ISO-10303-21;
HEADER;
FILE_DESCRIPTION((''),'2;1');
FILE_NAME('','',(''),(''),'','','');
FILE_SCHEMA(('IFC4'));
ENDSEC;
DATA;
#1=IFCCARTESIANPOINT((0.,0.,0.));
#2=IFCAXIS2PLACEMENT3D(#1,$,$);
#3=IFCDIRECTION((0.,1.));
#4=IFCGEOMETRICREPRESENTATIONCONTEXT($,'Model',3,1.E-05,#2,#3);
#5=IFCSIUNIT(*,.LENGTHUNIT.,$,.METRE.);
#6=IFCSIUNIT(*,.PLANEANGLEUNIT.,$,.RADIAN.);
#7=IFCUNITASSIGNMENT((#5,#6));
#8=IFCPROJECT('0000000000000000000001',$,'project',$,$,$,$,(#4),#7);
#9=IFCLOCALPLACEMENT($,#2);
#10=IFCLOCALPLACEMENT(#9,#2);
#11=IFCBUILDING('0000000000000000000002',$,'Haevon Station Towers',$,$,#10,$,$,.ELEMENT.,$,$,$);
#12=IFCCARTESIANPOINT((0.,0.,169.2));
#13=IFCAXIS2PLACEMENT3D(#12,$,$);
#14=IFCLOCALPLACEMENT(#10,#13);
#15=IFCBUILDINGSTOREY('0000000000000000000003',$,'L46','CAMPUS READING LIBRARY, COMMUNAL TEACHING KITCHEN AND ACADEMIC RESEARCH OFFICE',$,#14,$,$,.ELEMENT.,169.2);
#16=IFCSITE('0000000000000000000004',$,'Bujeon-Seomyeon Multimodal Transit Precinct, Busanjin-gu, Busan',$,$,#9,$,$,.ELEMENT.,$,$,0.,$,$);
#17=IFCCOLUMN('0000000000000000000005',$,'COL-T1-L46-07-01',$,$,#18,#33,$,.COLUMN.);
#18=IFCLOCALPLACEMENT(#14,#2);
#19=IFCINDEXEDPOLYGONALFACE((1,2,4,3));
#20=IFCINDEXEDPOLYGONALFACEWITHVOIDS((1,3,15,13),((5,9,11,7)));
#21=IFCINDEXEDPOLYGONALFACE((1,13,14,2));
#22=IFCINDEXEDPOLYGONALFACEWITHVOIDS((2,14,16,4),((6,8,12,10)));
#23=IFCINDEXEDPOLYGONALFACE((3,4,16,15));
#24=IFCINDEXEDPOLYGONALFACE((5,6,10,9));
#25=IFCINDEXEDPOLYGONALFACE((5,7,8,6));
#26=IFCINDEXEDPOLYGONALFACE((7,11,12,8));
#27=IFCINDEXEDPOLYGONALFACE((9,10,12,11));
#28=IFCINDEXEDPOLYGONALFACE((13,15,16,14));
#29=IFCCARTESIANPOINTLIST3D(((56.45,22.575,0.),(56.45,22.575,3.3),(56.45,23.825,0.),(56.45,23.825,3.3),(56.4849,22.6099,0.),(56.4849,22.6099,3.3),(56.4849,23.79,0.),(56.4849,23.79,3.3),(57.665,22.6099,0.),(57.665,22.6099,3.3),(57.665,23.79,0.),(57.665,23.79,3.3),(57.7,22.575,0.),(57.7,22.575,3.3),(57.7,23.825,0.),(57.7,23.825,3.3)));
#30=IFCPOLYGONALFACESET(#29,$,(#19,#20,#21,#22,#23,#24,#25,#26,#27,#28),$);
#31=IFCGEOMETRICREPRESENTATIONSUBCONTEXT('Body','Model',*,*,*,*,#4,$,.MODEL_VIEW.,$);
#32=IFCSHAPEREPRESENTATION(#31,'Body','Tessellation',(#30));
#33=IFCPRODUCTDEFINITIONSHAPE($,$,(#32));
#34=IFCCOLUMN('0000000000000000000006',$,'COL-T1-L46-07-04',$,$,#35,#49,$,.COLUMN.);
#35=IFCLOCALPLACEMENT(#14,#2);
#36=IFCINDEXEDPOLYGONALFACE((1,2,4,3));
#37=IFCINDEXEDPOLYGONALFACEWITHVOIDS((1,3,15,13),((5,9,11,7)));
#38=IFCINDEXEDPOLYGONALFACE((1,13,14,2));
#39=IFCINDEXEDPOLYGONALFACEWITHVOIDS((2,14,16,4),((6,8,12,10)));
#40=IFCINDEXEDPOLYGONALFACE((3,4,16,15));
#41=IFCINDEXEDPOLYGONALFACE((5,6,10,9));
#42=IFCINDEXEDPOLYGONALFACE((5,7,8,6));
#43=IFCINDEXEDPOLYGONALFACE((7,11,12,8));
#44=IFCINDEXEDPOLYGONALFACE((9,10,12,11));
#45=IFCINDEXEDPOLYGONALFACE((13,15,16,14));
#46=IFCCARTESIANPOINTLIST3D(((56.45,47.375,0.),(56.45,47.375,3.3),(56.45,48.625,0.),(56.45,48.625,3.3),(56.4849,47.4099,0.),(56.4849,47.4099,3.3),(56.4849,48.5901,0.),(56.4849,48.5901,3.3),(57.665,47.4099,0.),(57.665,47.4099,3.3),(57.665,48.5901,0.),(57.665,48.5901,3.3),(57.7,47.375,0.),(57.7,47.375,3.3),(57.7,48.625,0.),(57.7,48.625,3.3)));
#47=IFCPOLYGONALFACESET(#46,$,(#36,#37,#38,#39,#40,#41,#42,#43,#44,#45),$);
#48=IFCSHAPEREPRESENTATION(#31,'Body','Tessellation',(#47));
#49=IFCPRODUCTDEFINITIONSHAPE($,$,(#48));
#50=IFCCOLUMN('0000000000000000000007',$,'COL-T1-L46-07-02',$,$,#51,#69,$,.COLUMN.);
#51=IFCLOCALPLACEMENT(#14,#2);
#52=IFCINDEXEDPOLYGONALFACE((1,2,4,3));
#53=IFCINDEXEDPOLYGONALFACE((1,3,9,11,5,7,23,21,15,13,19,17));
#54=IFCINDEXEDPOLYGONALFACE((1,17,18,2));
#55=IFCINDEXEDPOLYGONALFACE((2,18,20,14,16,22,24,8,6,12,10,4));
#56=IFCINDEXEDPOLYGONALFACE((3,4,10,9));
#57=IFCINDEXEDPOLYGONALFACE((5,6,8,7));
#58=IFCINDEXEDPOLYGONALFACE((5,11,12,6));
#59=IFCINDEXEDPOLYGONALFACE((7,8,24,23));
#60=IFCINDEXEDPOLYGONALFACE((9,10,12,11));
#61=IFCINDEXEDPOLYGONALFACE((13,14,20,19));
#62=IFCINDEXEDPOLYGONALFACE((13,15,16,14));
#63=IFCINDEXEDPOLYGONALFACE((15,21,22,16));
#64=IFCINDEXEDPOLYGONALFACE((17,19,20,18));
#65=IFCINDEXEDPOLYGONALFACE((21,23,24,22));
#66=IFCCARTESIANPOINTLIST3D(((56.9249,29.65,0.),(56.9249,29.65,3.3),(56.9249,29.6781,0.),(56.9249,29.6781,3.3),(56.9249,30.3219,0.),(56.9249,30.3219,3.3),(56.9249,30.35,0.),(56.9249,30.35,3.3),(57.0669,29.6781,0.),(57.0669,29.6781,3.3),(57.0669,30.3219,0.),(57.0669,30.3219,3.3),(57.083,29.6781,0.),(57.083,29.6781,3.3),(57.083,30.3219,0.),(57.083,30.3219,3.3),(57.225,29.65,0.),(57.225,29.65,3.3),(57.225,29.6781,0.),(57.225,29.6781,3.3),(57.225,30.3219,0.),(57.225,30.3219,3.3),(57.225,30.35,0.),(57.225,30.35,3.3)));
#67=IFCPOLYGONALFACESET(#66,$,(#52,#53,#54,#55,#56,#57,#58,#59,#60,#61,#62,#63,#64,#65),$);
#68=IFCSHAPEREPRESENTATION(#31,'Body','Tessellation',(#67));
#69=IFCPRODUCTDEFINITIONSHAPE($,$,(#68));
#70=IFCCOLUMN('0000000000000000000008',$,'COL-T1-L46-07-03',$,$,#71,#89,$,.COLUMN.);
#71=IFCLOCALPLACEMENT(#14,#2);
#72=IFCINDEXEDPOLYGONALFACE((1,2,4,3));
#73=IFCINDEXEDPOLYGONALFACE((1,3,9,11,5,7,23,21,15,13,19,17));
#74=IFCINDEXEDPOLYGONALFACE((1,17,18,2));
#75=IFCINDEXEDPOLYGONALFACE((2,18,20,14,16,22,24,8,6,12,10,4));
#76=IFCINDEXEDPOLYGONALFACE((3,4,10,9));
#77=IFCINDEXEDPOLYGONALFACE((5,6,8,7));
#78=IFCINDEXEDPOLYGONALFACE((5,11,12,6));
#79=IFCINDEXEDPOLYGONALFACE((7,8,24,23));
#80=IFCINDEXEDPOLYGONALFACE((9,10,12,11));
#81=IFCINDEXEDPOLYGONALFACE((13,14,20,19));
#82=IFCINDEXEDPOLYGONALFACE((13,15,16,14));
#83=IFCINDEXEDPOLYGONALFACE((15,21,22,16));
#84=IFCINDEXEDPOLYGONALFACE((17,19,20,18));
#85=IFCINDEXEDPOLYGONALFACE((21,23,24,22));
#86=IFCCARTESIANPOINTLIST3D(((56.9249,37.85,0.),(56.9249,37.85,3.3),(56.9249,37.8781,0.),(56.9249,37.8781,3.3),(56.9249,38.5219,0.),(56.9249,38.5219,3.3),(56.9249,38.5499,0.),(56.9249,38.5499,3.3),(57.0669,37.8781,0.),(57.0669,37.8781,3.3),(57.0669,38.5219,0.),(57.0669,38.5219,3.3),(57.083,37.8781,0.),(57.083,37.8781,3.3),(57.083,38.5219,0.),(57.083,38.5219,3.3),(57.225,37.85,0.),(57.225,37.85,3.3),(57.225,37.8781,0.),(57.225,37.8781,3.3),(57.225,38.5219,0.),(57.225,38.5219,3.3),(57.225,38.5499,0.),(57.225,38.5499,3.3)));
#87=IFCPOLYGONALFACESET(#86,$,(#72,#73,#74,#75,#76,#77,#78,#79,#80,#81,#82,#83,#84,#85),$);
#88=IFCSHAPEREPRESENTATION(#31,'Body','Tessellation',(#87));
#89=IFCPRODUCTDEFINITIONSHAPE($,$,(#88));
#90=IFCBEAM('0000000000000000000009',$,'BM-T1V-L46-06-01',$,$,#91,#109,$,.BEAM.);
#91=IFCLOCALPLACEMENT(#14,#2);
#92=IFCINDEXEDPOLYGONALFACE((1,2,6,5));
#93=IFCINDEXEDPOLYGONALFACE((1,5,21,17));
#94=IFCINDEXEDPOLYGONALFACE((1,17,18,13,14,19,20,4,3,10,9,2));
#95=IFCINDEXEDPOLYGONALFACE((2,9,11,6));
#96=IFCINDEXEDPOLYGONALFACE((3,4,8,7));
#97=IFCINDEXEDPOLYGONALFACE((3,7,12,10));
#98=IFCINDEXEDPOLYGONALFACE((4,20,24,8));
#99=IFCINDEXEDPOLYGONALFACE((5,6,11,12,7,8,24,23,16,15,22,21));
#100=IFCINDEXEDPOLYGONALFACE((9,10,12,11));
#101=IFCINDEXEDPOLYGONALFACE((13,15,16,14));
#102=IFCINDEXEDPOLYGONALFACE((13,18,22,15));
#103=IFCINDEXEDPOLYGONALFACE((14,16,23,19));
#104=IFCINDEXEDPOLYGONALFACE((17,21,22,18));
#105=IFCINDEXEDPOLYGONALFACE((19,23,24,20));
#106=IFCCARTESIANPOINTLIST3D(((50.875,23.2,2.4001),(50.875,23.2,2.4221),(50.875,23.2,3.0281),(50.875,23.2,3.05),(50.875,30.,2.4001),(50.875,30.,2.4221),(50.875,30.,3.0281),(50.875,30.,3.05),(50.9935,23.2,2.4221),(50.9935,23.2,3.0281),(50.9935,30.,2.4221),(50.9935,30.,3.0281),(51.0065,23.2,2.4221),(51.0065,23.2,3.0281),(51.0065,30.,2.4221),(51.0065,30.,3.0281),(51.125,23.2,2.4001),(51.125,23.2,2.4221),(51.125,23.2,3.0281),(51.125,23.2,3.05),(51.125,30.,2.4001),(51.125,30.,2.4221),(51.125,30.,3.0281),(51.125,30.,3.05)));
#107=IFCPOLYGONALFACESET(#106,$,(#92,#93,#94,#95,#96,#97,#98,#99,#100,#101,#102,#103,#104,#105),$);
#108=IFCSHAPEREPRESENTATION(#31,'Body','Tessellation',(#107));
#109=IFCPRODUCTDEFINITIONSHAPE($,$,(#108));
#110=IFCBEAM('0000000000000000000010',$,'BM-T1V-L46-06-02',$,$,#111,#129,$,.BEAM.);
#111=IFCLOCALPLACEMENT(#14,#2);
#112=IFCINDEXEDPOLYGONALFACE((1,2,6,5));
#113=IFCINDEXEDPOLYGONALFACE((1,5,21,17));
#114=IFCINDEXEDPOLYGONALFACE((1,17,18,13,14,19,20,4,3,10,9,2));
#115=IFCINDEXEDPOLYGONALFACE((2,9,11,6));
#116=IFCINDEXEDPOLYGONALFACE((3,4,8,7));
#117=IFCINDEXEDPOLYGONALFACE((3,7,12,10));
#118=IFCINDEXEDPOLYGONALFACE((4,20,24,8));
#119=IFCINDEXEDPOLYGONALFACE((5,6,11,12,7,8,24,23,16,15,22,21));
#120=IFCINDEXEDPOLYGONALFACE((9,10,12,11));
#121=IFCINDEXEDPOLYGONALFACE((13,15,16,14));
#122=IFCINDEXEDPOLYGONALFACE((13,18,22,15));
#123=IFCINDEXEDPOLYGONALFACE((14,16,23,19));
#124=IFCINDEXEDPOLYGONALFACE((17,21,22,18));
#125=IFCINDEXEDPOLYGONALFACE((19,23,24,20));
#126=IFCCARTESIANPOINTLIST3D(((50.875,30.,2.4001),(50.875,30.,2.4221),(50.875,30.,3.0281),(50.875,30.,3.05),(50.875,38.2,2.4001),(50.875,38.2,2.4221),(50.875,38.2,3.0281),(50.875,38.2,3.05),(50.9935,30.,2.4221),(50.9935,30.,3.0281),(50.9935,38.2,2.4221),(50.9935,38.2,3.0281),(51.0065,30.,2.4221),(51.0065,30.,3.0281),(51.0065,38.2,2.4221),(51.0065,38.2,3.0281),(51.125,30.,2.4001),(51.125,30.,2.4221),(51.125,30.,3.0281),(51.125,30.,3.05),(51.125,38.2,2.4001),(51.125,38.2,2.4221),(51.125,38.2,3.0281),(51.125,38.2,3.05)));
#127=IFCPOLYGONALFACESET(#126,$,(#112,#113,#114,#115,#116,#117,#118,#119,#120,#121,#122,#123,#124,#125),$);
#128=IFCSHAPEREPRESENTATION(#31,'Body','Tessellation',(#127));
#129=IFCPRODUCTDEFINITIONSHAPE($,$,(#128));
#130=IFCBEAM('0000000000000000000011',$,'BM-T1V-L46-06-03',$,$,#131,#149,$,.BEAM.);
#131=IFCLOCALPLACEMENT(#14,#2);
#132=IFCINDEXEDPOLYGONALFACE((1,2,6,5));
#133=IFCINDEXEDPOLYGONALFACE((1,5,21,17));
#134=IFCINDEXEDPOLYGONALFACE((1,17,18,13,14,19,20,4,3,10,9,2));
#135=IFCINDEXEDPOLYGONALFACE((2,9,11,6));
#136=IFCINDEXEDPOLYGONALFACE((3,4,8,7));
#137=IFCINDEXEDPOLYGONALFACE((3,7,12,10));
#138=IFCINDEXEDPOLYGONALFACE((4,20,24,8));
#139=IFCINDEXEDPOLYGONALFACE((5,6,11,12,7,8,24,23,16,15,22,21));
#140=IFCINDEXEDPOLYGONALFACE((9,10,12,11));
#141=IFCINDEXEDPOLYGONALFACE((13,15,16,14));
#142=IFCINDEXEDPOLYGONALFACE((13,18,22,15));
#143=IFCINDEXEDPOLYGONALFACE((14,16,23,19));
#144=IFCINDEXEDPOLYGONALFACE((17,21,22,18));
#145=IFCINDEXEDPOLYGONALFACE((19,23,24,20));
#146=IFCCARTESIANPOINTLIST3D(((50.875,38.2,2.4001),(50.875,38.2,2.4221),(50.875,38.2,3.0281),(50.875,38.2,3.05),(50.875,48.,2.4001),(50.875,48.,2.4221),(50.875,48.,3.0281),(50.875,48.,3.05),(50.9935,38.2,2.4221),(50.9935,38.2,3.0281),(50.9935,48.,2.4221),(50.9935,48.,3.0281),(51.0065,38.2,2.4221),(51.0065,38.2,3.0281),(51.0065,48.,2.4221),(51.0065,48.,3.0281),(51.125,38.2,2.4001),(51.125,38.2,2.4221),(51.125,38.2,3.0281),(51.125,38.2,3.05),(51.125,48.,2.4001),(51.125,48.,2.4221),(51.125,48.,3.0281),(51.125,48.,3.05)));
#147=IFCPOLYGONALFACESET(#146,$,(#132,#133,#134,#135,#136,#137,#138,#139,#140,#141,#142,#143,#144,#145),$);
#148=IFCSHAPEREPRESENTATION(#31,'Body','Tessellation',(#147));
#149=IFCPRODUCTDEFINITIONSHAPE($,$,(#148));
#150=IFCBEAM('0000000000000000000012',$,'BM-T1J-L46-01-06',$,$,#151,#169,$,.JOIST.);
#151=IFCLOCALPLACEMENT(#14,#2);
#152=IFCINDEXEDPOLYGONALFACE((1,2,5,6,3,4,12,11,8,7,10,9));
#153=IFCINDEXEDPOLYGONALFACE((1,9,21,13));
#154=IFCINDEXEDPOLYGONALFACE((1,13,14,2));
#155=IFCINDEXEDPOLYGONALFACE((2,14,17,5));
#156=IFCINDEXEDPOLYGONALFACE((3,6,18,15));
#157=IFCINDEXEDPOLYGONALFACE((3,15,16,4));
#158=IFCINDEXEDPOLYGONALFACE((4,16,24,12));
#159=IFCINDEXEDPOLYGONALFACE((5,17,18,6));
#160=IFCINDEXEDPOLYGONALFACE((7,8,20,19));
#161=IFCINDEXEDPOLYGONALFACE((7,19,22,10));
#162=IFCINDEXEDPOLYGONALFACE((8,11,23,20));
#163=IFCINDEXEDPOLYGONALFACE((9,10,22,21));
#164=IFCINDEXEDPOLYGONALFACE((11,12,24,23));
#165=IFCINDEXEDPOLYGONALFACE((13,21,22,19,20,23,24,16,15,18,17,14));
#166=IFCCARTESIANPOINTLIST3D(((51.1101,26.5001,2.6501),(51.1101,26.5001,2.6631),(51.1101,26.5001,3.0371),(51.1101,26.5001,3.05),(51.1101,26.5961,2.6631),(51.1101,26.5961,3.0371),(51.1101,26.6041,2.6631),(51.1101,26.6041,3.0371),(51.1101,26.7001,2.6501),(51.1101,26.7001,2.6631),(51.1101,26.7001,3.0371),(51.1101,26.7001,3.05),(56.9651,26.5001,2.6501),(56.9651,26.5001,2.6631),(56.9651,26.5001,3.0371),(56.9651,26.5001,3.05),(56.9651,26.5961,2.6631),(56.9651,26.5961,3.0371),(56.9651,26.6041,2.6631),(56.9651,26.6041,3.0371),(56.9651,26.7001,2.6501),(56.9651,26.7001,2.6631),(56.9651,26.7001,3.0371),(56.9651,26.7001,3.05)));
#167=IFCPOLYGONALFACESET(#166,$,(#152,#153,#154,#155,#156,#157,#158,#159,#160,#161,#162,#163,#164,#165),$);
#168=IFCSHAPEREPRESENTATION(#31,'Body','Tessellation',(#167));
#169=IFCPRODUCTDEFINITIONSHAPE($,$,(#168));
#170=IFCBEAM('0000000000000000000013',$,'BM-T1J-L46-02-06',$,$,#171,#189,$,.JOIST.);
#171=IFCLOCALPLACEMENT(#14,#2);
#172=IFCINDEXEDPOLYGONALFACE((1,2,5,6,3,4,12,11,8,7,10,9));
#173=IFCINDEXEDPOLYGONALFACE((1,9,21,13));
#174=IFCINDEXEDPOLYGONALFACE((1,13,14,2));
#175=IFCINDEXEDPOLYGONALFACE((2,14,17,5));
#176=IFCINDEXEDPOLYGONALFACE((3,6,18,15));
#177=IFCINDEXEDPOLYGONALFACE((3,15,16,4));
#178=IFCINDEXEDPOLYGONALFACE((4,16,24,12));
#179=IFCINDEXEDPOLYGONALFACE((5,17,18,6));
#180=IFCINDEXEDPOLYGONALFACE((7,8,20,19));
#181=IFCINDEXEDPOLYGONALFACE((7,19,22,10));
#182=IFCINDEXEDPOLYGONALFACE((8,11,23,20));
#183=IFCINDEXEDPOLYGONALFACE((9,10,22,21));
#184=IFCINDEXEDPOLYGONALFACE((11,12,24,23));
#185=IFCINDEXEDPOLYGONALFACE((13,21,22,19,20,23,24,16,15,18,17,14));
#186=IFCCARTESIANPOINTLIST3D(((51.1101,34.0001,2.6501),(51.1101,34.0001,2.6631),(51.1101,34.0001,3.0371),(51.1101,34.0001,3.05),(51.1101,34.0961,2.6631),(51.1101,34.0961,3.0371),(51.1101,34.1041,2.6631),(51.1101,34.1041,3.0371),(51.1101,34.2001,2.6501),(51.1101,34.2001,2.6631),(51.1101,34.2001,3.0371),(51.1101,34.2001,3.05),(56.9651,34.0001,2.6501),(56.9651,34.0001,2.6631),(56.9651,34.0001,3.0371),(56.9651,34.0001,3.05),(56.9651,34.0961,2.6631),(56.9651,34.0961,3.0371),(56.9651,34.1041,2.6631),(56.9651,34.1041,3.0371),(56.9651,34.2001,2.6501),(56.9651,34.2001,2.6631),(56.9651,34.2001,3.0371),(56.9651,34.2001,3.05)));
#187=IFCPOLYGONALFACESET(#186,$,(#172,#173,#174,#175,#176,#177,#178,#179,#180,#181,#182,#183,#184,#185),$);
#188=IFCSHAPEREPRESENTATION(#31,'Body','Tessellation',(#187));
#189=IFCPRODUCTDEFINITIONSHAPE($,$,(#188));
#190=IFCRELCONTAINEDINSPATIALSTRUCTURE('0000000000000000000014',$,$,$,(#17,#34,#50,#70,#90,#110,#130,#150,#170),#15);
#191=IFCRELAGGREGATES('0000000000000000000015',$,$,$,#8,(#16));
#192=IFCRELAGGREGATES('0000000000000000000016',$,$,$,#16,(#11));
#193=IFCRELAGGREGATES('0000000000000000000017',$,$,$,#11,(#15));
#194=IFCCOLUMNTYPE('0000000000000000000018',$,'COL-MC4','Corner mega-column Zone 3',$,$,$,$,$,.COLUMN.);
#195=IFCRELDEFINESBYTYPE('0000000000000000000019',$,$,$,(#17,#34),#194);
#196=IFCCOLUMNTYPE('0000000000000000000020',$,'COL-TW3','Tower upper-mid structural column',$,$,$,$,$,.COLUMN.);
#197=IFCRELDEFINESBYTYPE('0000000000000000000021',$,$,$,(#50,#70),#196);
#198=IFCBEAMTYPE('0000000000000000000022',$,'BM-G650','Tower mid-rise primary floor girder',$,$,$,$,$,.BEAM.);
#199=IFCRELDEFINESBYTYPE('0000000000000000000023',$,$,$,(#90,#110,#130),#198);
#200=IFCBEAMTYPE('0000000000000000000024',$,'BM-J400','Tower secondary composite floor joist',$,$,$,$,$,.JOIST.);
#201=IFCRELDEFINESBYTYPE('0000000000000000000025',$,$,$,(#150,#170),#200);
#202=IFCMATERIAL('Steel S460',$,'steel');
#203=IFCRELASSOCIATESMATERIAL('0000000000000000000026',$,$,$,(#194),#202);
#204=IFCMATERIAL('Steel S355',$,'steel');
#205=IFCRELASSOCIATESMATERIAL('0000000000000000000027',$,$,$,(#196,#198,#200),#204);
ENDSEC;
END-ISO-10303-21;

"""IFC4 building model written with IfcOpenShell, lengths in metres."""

from ifc_helpers import new_model, si_unit, direction, frame, origin, origin_2d, place, context, subcontext, project, spatial, hollow_rectangle, i_section, extrude, material, material_profile, profile_set, type_object, element, save


model = new_model("IFC4")

# Units and contexts
model_context = context("Model", 3, precision=1e-05, world=origin(), true_north=direction((0.0, 1.0)))
body_context = subcontext(model_context, "Body", "Model", "MODEL_VIEW")
ifc_project = project(units=[si_unit("LENGTHUNIT", "METRE"), si_unit("PLANEANGLEUNIT", "RADIAN")], contexts=[model_context])

# Site, building, storey
site_placement = place(None, origin())
site = spatial("IfcSite", under=ifc_project, at=site_placement, Name="Bujeon-Seomyeon Multimodal Transit Precinct, Busanjin-gu, Busan", CompositionType="ELEMENT", RefElevation=0.0)
building_placement = place(site_placement, origin())
building = spatial("IfcBuilding", under=site, at=building_placement, Name="Haevon Station Towers", CompositionType="ELEMENT")
storey_placement = place(building_placement, frame((0.0, 0.0, 169.2)))
storey = spatial("IfcBuildingStorey", under=building, at=storey_placement, Name="L46", Description="CAMPUS READING LIBRARY, COMMUNAL TEACHING KITCHEN AND ACADEMIC RESEARCH OFFICE", CompositionType="ELEMENT", Elevation=169.2)

# Columns
ifc_material_1 = material(Name="Steel S460", Category="steel")
ifc_material_profile_1 = material_profile(ifc_material_1, hollow_rectangle(XDim=1.25, YDim=1.25, WallThickness=0.0349, at=origin_2d()), Name="BOX-1250x1250x35")
ifc_profile_set_1 = profile_set([ifc_material_profile_1], Name="Steel S460")
column_type_1 = type_object("IfcColumnType", Name="COL-MC4", Description="Corner mega-column Zone 3", PredefinedType="COLUMN", material=ifc_profile_set_1)
for number, where, z_axis, x_axis, name in (
    (1, (57.075, 23.2, 0.0), (0.0, 0.0, 1.0), (1.0, 0.0, 0.0), "COL-T1-L46-07-01"),
    (2, (57.075, 48.0, 0.0), (0.0, 0.0, 1.0), (1.0, 0.0, 0.0), "COL-T1-L46-07-04"),
):
    element("IfcColumn", number, at=place(storey_placement, frame(where, z_axis=z_axis, x_axis=x_axis)), inside=storey, type_object=column_type_1, Name=name, PredefinedType="COLUMN", context=body_context, shape_type="SweptSolid", body=[
        extrude(hollow_rectangle(XDim=1.25, YDim=1.25, WallThickness=0.0349, at=origin_2d()), origin(), (0.0, 0.0, 1.0), 3.3),
    ])
ifc_material_2 = material(Name="Steel S355", Category="steel")
ifc_material_profile_2 = material_profile(ifc_material_2, i_section(OverallWidth=0.3, OverallDepth=0.7, WebThickness=0.0161, FlangeThickness=0.0281, at=origin_2d()), Name="H-700x300x16x28")
ifc_profile_set_2 = profile_set([ifc_material_profile_2], Name="Steel S355")
column_type_2 = type_object("IfcColumnType", Name="COL-TW3", Description="Tower upper-mid structural column", PredefinedType="COLUMN", material=ifc_profile_set_2)
for number, where, z_axis, x_axis, name in (
    (3, (57.075, 30.0, 0.0), (0.0, 0.0, 1.0), (1.0, 0.0, 0.0), "COL-T1-L46-07-02"),
    (4, (57.075, 38.2, 0.0), (0.0, 0.0, 1.0), (1.0, 0.0, 0.0), "COL-T1-L46-07-03"),
):
    element("IfcColumn", number, at=place(storey_placement, frame(where, z_axis=z_axis, x_axis=x_axis)), inside=storey, type_object=column_type_2, Name=name, PredefinedType="COLUMN", context=body_context, shape_type="SweptSolid", body=[
        extrude(i_section(OverallWidth=0.3, OverallDepth=0.7, WebThickness=0.0161, FlangeThickness=0.0281, at=origin_2d()), origin(), (0.0, 0.0, 1.0), 3.3),
    ])

# Beams
ifc_material_profile_3 = material_profile(ifc_material_2, i_section(OverallWidth=0.25, OverallDepth=0.6499, WebThickness=0.0129, FlangeThickness=0.022, at=origin_2d()), Name="H-650x250x13x22")
ifc_profile_set_3 = profile_set([ifc_material_profile_3], Name="Steel S355")
beam_type_1 = type_object("IfcBeamType", Name="BM-G650", Description="Tower mid-rise primary floor girder", PredefinedType="BEAM", material=ifc_profile_set_3)
beam_1_placement = place(storey_placement, frame((51.0, 23.2, 2.7251), z_axis=(0.0, 1.0, 0.0), x_axis=(-1.0, 0.0, 0.0)))
element("IfcBeam", 5, at=beam_1_placement, inside=storey, type_object=beam_type_1, Name="BM-T1V-L46-06-01", PredefinedType="BEAM", context=body_context, shape_type="SweptSolid", body=[
    extrude(i_section(OverallWidth=0.25, OverallDepth=0.6499, WebThickness=0.0129, FlangeThickness=0.022, at=origin_2d()), origin(), (0.0, 0.0, 1.0), 6.8),
])
beam_2_placement = place(storey_placement, frame((51.0, 30.0, 2.7251), z_axis=(0.0, 1.0, 0.0), x_axis=(-1.0, 0.0, 0.0)))
element("IfcBeam", 6, at=beam_2_placement, inside=storey, type_object=beam_type_1, Name="BM-T1V-L46-06-02", PredefinedType="BEAM", context=body_context, shape_type="SweptSolid", body=[
    extrude(i_section(OverallWidth=0.25, OverallDepth=0.6499, WebThickness=0.0129, FlangeThickness=0.022, at=origin_2d()), origin(), (0.0, 0.0, 1.0), 8.2),
])
beam_3_placement = place(storey_placement, frame((51.0, 38.2, 2.7251), z_axis=(0.0, 1.0, 0.0), x_axis=(-1.0, 0.0, 0.0)))
element("IfcBeam", 7, at=beam_3_placement, inside=storey, type_object=beam_type_1, Name="BM-T1V-L46-06-03", PredefinedType="BEAM", context=body_context, shape_type="SweptSolid", body=[
    extrude(i_section(OverallWidth=0.25, OverallDepth=0.6499, WebThickness=0.0129, FlangeThickness=0.022, at=origin_2d()), origin(), (0.0, 0.0, 1.0), 9.8),
])
ifc_material_profile_4 = material_profile(ifc_material_2, i_section(OverallWidth=0.2, OverallDepth=0.3999, WebThickness=0.0081, FlangeThickness=0.0129, at=origin_2d()), Name="H-400x200x8x13")
ifc_profile_set_4 = profile_set([ifc_material_profile_4], Name="Steel S355")
beam_type_2 = type_object("IfcBeamType", Name="BM-J400", Description="Tower secondary composite floor joist", PredefinedType="JOIST", material=ifc_profile_set_4)
for number, where, z_axis, x_axis, name in (
    (8, (51.1101, 26.6001, 2.8501), (1.0, 0.0, 0.0), (0.0, 1.0, 0.0), "BM-T1J-L46-01-06"),
    (9, (51.1101, 34.1001, 2.8501), (1.0, 0.0, 0.0), (0.0, 1.0, 0.0), "BM-T1J-L46-02-06"),
):
    element("IfcBeam", number, at=place(storey_placement, frame(where, z_axis=z_axis, x_axis=x_axis)), inside=storey, type_object=beam_type_2, Name=name, PredefinedType="JOIST", context=body_context, shape_type="SweptSolid", body=[
        extrude(i_section(OverallWidth=0.2, OverallDepth=0.3999, WebThickness=0.0081, FlangeThickness=0.0129, at=origin_2d()), origin(), (0.0, 0.0, 1.0), 5.855),
    ])

save(model, "model.ifc")
